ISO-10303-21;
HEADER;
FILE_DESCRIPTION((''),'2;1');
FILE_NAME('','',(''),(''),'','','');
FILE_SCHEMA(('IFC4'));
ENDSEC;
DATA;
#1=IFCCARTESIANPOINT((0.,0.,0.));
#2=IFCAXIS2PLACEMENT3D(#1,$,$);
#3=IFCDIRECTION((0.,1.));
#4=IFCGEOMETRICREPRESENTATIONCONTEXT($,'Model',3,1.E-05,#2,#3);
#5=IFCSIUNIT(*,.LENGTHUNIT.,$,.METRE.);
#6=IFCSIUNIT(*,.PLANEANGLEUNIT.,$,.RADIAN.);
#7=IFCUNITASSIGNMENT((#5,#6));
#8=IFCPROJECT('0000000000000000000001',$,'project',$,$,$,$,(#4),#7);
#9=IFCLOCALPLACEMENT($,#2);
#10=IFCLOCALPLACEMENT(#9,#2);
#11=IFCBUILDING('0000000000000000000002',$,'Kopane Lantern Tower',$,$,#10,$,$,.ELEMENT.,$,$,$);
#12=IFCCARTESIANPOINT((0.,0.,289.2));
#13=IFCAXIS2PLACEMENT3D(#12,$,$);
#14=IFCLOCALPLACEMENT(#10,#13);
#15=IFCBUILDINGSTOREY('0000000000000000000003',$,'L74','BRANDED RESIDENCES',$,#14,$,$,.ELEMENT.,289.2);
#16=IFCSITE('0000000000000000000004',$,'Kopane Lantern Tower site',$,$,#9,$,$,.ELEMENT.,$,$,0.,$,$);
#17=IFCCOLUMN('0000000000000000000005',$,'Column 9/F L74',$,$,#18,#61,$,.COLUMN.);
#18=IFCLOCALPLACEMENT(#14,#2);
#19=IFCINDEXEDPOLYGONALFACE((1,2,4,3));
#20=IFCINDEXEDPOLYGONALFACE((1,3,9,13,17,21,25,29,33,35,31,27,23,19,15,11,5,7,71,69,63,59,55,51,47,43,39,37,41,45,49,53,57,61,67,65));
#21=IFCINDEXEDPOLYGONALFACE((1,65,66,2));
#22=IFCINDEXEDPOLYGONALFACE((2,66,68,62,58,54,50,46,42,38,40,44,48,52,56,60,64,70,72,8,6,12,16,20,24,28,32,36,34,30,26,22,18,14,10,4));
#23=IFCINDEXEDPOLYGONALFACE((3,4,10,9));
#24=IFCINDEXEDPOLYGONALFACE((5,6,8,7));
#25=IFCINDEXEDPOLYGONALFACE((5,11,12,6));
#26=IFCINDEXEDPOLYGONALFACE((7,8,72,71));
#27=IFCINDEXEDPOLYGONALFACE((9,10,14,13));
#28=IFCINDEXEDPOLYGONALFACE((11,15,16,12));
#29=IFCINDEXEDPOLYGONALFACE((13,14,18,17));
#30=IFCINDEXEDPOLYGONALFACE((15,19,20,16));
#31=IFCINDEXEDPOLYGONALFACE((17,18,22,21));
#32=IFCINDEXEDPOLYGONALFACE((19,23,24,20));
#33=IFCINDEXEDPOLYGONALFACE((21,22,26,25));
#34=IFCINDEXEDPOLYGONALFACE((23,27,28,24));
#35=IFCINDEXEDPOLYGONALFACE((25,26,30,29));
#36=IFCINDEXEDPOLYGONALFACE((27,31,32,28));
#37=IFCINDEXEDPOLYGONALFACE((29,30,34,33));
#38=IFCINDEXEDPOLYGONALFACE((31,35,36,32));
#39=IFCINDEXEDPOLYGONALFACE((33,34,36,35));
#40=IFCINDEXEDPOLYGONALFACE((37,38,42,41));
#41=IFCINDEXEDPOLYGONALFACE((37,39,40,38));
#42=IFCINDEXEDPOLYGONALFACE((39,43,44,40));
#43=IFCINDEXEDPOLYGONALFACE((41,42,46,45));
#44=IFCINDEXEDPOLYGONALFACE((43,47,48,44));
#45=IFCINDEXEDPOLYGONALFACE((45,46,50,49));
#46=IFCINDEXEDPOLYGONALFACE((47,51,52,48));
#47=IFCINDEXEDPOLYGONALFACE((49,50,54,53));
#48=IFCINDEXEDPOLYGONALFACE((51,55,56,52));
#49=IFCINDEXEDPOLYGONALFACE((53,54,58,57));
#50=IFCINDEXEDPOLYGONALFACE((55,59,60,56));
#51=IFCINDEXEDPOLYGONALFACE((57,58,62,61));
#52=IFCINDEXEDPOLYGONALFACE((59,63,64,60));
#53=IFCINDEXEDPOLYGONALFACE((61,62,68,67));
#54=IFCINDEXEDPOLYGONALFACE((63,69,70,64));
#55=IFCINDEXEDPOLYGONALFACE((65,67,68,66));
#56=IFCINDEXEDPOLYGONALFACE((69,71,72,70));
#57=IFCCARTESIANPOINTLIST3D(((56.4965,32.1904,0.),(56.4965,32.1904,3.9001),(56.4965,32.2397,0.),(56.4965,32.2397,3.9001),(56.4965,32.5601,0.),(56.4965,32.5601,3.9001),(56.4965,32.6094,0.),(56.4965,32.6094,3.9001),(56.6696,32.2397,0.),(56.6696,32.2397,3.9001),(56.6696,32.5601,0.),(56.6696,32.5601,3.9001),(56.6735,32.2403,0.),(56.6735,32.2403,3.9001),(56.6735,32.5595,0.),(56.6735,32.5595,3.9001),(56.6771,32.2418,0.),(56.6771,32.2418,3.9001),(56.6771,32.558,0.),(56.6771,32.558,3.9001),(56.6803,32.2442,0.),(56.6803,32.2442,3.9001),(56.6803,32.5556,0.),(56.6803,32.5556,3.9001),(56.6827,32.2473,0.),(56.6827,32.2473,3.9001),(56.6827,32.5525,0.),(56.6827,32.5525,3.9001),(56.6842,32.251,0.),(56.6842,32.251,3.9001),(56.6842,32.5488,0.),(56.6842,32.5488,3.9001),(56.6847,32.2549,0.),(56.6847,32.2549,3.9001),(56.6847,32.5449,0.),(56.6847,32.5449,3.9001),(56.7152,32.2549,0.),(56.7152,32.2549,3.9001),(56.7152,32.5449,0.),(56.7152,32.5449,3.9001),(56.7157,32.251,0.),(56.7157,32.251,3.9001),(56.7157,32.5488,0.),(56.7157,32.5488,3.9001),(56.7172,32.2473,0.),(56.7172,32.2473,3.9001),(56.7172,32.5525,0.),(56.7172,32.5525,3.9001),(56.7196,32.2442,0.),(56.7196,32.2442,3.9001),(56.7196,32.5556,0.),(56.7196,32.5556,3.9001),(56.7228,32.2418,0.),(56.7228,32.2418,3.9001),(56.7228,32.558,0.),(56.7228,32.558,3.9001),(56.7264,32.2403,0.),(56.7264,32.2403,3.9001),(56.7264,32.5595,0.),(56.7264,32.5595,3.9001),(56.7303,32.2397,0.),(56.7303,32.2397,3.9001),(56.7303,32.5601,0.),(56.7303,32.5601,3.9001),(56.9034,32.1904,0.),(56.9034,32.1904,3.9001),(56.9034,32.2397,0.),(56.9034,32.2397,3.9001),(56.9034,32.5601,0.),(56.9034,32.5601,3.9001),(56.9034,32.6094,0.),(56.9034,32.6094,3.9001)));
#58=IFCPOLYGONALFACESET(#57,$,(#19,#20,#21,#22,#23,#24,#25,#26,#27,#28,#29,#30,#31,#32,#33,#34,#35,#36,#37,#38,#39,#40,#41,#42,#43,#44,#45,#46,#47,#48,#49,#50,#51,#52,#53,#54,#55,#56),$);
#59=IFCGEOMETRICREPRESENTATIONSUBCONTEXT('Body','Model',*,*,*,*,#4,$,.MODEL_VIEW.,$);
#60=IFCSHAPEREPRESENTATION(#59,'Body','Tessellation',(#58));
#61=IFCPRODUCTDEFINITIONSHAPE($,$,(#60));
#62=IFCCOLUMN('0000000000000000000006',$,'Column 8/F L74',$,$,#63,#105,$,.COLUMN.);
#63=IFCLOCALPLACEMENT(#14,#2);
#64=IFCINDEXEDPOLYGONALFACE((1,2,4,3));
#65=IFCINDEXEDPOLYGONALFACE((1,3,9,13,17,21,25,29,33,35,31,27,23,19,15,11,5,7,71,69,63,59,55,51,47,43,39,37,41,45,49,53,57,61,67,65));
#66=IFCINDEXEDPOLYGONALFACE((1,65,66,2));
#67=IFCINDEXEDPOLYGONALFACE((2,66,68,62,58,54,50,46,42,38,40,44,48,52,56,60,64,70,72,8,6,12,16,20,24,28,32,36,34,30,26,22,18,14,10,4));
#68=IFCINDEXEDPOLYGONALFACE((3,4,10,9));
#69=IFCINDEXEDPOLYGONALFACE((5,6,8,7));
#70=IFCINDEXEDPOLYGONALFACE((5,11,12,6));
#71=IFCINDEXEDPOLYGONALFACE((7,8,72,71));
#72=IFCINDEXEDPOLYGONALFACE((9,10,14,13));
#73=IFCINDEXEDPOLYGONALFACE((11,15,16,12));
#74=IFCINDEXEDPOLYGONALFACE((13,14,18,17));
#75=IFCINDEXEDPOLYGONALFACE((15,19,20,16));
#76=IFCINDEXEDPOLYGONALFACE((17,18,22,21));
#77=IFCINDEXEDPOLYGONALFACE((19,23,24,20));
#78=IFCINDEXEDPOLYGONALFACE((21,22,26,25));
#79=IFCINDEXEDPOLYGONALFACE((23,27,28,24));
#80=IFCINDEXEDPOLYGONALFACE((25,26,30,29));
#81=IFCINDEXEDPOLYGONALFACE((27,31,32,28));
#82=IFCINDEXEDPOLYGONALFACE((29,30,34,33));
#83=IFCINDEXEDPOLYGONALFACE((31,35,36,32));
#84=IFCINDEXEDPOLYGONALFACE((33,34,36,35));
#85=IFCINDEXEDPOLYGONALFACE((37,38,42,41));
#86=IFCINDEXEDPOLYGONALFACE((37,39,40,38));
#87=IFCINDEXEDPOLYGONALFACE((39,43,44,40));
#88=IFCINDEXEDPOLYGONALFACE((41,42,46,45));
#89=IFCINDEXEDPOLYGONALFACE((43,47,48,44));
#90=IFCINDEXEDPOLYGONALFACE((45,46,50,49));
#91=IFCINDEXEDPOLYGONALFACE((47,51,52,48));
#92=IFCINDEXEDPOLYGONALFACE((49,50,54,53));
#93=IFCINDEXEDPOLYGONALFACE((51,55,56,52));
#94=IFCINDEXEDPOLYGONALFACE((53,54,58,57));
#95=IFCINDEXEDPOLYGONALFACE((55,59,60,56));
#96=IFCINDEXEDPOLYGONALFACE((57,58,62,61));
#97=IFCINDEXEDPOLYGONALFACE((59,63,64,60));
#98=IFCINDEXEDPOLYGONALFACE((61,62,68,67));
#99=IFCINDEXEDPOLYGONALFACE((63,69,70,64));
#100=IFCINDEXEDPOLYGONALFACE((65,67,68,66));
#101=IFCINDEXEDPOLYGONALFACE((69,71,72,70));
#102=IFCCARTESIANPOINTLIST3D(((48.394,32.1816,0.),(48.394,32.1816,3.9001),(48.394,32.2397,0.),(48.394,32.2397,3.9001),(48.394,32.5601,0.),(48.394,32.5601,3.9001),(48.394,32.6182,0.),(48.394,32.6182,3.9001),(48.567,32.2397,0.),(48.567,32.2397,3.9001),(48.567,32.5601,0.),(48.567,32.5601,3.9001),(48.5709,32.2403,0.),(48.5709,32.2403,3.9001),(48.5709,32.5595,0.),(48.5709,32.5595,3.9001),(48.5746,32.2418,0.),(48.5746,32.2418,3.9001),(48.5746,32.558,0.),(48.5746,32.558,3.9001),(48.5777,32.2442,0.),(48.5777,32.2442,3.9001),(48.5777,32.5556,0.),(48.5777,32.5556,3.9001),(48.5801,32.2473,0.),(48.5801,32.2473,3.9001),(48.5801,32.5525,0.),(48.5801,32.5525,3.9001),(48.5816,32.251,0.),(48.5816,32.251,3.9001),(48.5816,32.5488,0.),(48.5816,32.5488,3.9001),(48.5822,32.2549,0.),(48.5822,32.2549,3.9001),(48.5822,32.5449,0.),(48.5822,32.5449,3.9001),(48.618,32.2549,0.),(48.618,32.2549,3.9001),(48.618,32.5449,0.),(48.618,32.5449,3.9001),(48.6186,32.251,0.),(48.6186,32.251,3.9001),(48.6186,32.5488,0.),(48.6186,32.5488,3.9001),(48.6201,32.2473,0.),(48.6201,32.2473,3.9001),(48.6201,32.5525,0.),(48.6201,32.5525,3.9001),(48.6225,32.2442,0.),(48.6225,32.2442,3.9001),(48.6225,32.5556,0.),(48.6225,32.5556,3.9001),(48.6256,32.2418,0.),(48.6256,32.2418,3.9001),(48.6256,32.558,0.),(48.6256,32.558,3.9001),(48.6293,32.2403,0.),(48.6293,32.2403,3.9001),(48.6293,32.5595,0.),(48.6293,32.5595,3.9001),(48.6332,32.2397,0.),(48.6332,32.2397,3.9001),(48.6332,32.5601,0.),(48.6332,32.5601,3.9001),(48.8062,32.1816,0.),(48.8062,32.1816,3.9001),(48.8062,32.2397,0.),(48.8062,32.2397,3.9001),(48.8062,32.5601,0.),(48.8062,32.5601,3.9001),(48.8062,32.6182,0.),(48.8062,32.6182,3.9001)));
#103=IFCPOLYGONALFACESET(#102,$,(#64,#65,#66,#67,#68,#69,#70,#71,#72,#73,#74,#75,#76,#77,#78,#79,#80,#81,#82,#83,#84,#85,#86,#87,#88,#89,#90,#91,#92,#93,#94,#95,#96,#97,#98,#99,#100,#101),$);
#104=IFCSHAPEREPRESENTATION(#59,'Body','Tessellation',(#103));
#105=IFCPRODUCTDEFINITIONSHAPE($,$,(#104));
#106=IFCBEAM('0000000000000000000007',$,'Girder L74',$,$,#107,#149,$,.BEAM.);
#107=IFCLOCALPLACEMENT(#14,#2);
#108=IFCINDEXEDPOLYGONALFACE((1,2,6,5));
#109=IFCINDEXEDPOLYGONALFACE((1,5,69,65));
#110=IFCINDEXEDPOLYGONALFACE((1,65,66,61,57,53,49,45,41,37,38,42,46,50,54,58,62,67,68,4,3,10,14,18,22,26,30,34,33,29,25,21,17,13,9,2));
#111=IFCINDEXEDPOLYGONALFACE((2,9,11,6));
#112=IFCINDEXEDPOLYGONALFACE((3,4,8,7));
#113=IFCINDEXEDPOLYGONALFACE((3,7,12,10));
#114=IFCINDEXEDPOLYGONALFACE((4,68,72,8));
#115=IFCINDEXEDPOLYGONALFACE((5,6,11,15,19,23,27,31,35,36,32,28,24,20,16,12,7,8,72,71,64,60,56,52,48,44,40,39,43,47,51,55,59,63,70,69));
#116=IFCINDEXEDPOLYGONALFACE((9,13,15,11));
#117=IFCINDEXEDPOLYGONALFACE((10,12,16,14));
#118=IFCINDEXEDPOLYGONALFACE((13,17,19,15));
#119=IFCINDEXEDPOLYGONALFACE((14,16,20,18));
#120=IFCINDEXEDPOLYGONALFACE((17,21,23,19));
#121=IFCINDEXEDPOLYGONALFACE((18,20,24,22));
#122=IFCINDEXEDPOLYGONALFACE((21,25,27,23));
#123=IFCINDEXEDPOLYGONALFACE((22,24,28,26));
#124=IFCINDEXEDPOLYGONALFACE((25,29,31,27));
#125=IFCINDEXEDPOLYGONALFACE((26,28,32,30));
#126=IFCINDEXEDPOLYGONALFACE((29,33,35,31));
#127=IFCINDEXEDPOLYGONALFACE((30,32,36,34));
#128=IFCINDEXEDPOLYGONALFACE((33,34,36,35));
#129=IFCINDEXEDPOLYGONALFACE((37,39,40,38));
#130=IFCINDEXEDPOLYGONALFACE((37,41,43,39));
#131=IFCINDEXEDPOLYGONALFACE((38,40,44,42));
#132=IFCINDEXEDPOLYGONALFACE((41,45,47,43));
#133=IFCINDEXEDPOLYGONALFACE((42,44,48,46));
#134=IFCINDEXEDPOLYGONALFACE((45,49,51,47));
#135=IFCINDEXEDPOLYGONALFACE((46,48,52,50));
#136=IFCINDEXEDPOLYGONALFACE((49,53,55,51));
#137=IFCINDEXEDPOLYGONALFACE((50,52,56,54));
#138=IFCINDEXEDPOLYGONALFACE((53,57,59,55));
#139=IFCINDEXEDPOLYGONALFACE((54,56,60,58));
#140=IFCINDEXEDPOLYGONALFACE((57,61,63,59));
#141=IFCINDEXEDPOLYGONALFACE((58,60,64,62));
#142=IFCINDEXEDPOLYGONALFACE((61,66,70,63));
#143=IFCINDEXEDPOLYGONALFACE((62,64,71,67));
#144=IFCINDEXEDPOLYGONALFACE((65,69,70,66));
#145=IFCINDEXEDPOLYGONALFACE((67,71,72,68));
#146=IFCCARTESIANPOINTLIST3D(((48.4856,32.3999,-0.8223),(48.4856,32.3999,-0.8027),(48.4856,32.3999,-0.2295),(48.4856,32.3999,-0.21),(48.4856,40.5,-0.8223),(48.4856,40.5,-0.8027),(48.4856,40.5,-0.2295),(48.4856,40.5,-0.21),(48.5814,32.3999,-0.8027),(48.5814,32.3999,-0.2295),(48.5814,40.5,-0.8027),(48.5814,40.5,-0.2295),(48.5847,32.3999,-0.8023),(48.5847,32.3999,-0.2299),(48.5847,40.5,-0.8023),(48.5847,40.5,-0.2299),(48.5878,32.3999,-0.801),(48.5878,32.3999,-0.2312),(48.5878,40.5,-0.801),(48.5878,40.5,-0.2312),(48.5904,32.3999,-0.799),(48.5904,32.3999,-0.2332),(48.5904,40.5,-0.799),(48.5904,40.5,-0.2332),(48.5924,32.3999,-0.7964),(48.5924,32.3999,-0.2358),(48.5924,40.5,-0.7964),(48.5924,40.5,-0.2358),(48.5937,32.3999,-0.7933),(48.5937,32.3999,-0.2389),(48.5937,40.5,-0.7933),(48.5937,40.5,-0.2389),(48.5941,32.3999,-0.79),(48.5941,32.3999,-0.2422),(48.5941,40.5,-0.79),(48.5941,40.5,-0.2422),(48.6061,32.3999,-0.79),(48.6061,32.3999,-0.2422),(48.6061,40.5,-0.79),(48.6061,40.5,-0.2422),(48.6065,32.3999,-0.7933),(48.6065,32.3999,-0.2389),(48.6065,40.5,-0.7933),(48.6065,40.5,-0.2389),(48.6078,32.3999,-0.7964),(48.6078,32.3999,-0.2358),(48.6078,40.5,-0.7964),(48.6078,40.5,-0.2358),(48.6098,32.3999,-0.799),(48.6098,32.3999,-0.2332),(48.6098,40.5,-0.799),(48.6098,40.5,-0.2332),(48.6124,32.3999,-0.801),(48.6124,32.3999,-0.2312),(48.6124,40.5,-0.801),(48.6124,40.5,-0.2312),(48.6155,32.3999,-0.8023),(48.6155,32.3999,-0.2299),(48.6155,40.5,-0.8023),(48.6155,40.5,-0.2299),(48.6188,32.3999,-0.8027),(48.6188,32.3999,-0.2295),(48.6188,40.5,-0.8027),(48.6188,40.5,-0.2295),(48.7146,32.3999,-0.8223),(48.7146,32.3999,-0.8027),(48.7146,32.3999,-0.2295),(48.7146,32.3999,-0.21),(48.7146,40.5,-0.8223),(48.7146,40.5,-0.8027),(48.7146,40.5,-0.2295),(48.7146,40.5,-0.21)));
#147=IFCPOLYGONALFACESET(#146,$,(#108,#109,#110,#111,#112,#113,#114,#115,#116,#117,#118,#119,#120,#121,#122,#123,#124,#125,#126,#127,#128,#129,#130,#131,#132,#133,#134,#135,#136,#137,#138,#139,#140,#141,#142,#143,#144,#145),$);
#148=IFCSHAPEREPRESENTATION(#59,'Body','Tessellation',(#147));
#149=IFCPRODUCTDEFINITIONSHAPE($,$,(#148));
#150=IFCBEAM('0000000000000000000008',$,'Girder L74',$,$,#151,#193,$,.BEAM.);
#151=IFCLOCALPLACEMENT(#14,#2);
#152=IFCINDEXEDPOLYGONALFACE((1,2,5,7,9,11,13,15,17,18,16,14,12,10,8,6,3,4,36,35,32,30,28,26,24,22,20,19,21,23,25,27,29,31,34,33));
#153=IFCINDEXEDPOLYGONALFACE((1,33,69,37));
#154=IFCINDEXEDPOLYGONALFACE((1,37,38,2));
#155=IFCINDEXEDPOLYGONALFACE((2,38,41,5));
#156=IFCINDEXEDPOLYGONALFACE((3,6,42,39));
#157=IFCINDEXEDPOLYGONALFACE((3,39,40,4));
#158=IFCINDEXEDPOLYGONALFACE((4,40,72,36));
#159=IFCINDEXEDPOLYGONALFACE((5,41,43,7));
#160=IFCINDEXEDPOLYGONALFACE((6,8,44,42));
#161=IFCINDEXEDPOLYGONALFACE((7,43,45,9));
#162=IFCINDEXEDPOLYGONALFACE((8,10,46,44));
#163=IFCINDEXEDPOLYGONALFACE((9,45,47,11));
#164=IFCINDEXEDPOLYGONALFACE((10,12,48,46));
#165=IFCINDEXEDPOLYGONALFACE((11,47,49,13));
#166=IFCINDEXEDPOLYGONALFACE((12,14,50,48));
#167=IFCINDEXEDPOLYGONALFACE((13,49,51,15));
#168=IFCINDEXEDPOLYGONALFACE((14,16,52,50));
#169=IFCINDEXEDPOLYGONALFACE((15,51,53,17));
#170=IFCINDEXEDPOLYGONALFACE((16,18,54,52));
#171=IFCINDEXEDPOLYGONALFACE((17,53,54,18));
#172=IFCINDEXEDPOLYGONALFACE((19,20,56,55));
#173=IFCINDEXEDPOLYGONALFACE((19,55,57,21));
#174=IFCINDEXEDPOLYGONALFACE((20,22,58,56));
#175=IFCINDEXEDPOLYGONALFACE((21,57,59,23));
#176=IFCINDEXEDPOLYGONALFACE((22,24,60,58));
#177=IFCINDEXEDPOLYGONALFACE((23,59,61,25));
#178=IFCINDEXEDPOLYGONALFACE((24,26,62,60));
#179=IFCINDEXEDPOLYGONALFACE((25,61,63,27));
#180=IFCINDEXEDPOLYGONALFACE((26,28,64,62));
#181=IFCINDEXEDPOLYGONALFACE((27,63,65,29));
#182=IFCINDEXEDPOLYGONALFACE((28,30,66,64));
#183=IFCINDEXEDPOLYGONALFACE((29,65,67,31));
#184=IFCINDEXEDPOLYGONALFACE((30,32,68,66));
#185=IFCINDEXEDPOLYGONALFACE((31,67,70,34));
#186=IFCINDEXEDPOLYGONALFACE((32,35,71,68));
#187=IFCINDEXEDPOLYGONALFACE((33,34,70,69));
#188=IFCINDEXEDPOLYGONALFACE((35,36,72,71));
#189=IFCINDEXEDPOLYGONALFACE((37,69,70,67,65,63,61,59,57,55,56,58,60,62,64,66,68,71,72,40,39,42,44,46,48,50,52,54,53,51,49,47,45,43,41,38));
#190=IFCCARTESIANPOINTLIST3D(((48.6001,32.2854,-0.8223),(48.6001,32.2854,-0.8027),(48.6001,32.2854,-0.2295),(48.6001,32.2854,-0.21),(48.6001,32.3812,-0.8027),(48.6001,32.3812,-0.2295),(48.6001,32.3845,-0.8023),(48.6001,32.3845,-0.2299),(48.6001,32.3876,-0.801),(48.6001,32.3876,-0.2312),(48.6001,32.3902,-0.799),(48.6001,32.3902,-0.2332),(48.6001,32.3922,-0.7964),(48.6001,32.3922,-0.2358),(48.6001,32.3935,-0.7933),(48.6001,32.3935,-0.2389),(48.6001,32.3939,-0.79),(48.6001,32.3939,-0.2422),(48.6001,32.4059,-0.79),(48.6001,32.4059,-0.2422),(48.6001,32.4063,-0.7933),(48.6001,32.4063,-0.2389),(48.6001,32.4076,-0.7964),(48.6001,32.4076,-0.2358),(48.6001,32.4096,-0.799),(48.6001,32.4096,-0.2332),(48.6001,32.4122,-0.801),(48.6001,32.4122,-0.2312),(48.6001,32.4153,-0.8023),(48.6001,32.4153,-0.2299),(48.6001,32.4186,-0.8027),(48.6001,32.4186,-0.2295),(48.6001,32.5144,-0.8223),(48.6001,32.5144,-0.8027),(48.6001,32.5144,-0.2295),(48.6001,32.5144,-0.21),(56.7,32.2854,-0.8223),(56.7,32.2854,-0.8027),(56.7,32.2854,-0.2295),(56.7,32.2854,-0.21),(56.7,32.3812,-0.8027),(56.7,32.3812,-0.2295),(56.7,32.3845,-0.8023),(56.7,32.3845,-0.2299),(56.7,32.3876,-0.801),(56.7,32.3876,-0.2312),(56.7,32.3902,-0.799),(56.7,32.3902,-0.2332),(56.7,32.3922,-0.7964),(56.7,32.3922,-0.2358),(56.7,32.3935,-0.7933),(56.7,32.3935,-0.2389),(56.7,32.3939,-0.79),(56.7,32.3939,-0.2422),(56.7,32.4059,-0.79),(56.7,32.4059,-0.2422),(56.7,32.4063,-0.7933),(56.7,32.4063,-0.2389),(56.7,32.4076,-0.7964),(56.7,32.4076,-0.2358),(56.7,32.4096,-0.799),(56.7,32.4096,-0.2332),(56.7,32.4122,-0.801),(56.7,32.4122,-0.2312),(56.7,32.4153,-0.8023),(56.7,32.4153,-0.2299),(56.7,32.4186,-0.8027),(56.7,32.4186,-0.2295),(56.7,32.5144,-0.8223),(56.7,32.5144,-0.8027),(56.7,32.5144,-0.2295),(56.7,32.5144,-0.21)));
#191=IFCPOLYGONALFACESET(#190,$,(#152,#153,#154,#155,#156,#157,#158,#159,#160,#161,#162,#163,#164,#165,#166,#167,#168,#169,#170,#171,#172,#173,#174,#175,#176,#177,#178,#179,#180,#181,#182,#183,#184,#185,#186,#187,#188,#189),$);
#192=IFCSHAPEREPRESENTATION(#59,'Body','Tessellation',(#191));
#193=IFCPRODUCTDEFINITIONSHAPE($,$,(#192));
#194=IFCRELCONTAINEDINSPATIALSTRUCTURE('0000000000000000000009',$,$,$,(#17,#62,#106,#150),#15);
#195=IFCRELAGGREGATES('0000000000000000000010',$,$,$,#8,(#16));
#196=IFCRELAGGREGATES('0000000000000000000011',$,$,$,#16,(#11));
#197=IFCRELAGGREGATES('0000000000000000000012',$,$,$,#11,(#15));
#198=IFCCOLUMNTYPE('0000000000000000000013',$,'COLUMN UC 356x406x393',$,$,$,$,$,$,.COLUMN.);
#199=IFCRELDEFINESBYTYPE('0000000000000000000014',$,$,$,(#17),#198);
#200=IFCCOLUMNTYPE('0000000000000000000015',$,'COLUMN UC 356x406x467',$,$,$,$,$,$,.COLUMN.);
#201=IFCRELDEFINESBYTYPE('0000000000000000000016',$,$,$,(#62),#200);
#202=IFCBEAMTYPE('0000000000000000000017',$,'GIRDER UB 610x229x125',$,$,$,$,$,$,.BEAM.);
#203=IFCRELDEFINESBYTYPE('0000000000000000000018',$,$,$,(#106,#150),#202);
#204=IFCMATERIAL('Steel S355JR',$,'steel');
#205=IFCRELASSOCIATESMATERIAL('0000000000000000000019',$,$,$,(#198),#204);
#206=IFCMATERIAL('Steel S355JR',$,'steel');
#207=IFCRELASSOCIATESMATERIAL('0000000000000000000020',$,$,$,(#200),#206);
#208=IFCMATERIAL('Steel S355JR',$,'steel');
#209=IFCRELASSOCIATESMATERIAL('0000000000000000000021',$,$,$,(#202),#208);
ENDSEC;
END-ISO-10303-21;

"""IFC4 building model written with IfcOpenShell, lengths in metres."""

from ifc_helpers import new_model, si_unit, direction, frame, origin, origin_2d, place, context, subcontext, project, spatial, i_section, extrude, material, material_profile, profile_set, type_object, element, save


model = new_model("IFC4")

# Units and contexts
model_context = context("Model", 3, precision=1e-05, world=origin(), true_north=direction((0.0, 1.0)))
body_context = subcontext(model_context, "Body", "Model", "MODEL_VIEW")
ifc_project = project(units=[si_unit("LENGTHUNIT", "METRE"), si_unit("PLANEANGLEUNIT", "RADIAN")], contexts=[model_context])

# Site, building, storey
site_placement = place(None, origin())
site = spatial("IfcSite", under=ifc_project, at=site_placement, Name="Kopane Lantern Tower site", CompositionType="ELEMENT", RefElevation=0.0)
building_placement = place(site_placement, origin())
building = spatial("IfcBuilding", under=site, at=building_placement, Name="Kopane Lantern Tower", CompositionType="ELEMENT")
storey_placement = place(building_placement, frame((0.0, 0.0, 289.2)))
storey = spatial("IfcBuildingStorey", under=building, at=storey_placement, Name="L74", Description="BRANDED RESIDENCES", CompositionType="ELEMENT", Elevation=289.2)

# Columns
ifc_material_1 = material(Name="Steel S355JR", Category="steel")
ifc_material_profile_1 = material_profile(ifc_material_1, i_section(OverallWidth=0.407, OverallDepth=0.4189, WebThickness=0.0305, FlangeThickness=0.0493, FilletRadius=0.0151, at=origin_2d()), Name="UC 356x406x393")
ifc_profile_set_1 = profile_set([ifc_material_profile_1], Name="Steel S355JR")
column_type_1 = type_object("IfcColumnType", Name="COLUMN UC 356x406x393", PredefinedType="COLUMN", material=ifc_profile_set_1)
column_1_placement = place(storey_placement, frame((56.7, 32.3999, 0.0), z_axis=(0.0, 0.0, 1.0), x_axis=(1.0, 0.0, 0.0)))
element("IfcColumn", 1, at=column_1_placement, inside=storey, type_object=column_type_1, Name="Column 9/F L74", PredefinedType="COLUMN", context=body_context, shape_type="SweptSolid", body=[
    extrude(i_section(OverallWidth=0.407, OverallDepth=0.4189, WebThickness=0.0305, FlangeThickness=0.0493, FilletRadius=0.0151, at=origin_2d()), origin(), (0.0, 0.0, 1.0), 3.9001),
])
ifc_material_2 = material(Name="Steel S355JR", Category="steel")
ifc_material_profile_2 = material_profile(ifc_material_2, i_section(OverallWidth=0.4121, OverallDepth=0.4365, WebThickness=0.0359, FlangeThickness=0.0581, FilletRadius=0.0151, at=origin_2d()), Name="UC 356x406x467")
ifc_profile_set_2 = profile_set([ifc_material_profile_2], Name="Steel S355JR")
column_type_2 = type_object("IfcColumnType", Name="COLUMN UC 356x406x467", PredefinedType="COLUMN", material=ifc_profile_set_2)
column_2_placement = place(storey_placement, frame((48.6001, 32.3999, 0.0), z_axis=(0.0, 0.0, 1.0), x_axis=(1.0, 0.0, 0.0)))
element("IfcColumn", 2, at=column_2_placement, inside=storey, type_object=column_type_2, Name="Column 8/F L74", PredefinedType="COLUMN", context=body_context, shape_type="SweptSolid", body=[
    extrude(i_section(OverallWidth=0.4121, OverallDepth=0.4365, WebThickness=0.0359, FlangeThickness=0.0581, FilletRadius=0.0151, at=origin_2d()), origin(), (0.0, 0.0, 1.0), 3.9001),
])

# Beams
ifc_material_3 = material(Name="Steel S355JR", Category="steel")
ifc_material_profile_3 = material_profile(ifc_material_3, i_section(OverallWidth=0.229, OverallDepth=0.6123, WebThickness=0.012, FlangeThickness=0.0195, FilletRadius=0.0127, at=origin_2d()), Name="UB 610x229x125")
ifc_profile_set_3 = profile_set([ifc_material_profile_3], Name="Steel S355JR")
beam_type = type_object("IfcBeamType", Name="GIRDER UB 610x229x125", PredefinedType="BEAM", material=ifc_profile_set_3)
beam_1_placement = place(storey_placement, frame((48.6001, 32.3999, -0.5161), z_axis=(0.0, 1.0, 0.0), x_axis=(-1.0, 0.0, 0.0)))
element("IfcBeam", 3, at=beam_1_placement, inside=storey, type_object=beam_type, Name="Girder L74", PredefinedType="BEAM", context=body_context, shape_type="SweptSolid", body=[
    extrude(i_section(OverallWidth=0.229, OverallDepth=0.6123, WebThickness=0.012, FlangeThickness=0.0195, FilletRadius=0.0127, at=origin_2d()), origin(), (0.0, 0.0, 1.0), 8.1001),
])
for number, where, z_axis, x_axis, name in (
    (4, (48.6001, 32.3999, -0.5161), (1.0, 0.0, 0.0), (0.0, 1.0, 0.0), "Girder L74"),
):
    element("IfcBeam", number, at=place(storey_placement, frame(where, z_axis=z_axis, x_axis=x_axis)), inside=storey, type_object=beam_type, Name=name, PredefinedType="BEAM", context=body_context, shape_type="SweptSolid", body=[
        extrude(i_section(OverallWidth=0.229, OverallDepth=0.6123, WebThickness=0.012, FlangeThickness=0.0195, FilletRadius=0.0127, at=origin_2d()), origin(), (0.0, 0.0, 1.0), 8.0999),
    ])

save(model, "model.ifc")
